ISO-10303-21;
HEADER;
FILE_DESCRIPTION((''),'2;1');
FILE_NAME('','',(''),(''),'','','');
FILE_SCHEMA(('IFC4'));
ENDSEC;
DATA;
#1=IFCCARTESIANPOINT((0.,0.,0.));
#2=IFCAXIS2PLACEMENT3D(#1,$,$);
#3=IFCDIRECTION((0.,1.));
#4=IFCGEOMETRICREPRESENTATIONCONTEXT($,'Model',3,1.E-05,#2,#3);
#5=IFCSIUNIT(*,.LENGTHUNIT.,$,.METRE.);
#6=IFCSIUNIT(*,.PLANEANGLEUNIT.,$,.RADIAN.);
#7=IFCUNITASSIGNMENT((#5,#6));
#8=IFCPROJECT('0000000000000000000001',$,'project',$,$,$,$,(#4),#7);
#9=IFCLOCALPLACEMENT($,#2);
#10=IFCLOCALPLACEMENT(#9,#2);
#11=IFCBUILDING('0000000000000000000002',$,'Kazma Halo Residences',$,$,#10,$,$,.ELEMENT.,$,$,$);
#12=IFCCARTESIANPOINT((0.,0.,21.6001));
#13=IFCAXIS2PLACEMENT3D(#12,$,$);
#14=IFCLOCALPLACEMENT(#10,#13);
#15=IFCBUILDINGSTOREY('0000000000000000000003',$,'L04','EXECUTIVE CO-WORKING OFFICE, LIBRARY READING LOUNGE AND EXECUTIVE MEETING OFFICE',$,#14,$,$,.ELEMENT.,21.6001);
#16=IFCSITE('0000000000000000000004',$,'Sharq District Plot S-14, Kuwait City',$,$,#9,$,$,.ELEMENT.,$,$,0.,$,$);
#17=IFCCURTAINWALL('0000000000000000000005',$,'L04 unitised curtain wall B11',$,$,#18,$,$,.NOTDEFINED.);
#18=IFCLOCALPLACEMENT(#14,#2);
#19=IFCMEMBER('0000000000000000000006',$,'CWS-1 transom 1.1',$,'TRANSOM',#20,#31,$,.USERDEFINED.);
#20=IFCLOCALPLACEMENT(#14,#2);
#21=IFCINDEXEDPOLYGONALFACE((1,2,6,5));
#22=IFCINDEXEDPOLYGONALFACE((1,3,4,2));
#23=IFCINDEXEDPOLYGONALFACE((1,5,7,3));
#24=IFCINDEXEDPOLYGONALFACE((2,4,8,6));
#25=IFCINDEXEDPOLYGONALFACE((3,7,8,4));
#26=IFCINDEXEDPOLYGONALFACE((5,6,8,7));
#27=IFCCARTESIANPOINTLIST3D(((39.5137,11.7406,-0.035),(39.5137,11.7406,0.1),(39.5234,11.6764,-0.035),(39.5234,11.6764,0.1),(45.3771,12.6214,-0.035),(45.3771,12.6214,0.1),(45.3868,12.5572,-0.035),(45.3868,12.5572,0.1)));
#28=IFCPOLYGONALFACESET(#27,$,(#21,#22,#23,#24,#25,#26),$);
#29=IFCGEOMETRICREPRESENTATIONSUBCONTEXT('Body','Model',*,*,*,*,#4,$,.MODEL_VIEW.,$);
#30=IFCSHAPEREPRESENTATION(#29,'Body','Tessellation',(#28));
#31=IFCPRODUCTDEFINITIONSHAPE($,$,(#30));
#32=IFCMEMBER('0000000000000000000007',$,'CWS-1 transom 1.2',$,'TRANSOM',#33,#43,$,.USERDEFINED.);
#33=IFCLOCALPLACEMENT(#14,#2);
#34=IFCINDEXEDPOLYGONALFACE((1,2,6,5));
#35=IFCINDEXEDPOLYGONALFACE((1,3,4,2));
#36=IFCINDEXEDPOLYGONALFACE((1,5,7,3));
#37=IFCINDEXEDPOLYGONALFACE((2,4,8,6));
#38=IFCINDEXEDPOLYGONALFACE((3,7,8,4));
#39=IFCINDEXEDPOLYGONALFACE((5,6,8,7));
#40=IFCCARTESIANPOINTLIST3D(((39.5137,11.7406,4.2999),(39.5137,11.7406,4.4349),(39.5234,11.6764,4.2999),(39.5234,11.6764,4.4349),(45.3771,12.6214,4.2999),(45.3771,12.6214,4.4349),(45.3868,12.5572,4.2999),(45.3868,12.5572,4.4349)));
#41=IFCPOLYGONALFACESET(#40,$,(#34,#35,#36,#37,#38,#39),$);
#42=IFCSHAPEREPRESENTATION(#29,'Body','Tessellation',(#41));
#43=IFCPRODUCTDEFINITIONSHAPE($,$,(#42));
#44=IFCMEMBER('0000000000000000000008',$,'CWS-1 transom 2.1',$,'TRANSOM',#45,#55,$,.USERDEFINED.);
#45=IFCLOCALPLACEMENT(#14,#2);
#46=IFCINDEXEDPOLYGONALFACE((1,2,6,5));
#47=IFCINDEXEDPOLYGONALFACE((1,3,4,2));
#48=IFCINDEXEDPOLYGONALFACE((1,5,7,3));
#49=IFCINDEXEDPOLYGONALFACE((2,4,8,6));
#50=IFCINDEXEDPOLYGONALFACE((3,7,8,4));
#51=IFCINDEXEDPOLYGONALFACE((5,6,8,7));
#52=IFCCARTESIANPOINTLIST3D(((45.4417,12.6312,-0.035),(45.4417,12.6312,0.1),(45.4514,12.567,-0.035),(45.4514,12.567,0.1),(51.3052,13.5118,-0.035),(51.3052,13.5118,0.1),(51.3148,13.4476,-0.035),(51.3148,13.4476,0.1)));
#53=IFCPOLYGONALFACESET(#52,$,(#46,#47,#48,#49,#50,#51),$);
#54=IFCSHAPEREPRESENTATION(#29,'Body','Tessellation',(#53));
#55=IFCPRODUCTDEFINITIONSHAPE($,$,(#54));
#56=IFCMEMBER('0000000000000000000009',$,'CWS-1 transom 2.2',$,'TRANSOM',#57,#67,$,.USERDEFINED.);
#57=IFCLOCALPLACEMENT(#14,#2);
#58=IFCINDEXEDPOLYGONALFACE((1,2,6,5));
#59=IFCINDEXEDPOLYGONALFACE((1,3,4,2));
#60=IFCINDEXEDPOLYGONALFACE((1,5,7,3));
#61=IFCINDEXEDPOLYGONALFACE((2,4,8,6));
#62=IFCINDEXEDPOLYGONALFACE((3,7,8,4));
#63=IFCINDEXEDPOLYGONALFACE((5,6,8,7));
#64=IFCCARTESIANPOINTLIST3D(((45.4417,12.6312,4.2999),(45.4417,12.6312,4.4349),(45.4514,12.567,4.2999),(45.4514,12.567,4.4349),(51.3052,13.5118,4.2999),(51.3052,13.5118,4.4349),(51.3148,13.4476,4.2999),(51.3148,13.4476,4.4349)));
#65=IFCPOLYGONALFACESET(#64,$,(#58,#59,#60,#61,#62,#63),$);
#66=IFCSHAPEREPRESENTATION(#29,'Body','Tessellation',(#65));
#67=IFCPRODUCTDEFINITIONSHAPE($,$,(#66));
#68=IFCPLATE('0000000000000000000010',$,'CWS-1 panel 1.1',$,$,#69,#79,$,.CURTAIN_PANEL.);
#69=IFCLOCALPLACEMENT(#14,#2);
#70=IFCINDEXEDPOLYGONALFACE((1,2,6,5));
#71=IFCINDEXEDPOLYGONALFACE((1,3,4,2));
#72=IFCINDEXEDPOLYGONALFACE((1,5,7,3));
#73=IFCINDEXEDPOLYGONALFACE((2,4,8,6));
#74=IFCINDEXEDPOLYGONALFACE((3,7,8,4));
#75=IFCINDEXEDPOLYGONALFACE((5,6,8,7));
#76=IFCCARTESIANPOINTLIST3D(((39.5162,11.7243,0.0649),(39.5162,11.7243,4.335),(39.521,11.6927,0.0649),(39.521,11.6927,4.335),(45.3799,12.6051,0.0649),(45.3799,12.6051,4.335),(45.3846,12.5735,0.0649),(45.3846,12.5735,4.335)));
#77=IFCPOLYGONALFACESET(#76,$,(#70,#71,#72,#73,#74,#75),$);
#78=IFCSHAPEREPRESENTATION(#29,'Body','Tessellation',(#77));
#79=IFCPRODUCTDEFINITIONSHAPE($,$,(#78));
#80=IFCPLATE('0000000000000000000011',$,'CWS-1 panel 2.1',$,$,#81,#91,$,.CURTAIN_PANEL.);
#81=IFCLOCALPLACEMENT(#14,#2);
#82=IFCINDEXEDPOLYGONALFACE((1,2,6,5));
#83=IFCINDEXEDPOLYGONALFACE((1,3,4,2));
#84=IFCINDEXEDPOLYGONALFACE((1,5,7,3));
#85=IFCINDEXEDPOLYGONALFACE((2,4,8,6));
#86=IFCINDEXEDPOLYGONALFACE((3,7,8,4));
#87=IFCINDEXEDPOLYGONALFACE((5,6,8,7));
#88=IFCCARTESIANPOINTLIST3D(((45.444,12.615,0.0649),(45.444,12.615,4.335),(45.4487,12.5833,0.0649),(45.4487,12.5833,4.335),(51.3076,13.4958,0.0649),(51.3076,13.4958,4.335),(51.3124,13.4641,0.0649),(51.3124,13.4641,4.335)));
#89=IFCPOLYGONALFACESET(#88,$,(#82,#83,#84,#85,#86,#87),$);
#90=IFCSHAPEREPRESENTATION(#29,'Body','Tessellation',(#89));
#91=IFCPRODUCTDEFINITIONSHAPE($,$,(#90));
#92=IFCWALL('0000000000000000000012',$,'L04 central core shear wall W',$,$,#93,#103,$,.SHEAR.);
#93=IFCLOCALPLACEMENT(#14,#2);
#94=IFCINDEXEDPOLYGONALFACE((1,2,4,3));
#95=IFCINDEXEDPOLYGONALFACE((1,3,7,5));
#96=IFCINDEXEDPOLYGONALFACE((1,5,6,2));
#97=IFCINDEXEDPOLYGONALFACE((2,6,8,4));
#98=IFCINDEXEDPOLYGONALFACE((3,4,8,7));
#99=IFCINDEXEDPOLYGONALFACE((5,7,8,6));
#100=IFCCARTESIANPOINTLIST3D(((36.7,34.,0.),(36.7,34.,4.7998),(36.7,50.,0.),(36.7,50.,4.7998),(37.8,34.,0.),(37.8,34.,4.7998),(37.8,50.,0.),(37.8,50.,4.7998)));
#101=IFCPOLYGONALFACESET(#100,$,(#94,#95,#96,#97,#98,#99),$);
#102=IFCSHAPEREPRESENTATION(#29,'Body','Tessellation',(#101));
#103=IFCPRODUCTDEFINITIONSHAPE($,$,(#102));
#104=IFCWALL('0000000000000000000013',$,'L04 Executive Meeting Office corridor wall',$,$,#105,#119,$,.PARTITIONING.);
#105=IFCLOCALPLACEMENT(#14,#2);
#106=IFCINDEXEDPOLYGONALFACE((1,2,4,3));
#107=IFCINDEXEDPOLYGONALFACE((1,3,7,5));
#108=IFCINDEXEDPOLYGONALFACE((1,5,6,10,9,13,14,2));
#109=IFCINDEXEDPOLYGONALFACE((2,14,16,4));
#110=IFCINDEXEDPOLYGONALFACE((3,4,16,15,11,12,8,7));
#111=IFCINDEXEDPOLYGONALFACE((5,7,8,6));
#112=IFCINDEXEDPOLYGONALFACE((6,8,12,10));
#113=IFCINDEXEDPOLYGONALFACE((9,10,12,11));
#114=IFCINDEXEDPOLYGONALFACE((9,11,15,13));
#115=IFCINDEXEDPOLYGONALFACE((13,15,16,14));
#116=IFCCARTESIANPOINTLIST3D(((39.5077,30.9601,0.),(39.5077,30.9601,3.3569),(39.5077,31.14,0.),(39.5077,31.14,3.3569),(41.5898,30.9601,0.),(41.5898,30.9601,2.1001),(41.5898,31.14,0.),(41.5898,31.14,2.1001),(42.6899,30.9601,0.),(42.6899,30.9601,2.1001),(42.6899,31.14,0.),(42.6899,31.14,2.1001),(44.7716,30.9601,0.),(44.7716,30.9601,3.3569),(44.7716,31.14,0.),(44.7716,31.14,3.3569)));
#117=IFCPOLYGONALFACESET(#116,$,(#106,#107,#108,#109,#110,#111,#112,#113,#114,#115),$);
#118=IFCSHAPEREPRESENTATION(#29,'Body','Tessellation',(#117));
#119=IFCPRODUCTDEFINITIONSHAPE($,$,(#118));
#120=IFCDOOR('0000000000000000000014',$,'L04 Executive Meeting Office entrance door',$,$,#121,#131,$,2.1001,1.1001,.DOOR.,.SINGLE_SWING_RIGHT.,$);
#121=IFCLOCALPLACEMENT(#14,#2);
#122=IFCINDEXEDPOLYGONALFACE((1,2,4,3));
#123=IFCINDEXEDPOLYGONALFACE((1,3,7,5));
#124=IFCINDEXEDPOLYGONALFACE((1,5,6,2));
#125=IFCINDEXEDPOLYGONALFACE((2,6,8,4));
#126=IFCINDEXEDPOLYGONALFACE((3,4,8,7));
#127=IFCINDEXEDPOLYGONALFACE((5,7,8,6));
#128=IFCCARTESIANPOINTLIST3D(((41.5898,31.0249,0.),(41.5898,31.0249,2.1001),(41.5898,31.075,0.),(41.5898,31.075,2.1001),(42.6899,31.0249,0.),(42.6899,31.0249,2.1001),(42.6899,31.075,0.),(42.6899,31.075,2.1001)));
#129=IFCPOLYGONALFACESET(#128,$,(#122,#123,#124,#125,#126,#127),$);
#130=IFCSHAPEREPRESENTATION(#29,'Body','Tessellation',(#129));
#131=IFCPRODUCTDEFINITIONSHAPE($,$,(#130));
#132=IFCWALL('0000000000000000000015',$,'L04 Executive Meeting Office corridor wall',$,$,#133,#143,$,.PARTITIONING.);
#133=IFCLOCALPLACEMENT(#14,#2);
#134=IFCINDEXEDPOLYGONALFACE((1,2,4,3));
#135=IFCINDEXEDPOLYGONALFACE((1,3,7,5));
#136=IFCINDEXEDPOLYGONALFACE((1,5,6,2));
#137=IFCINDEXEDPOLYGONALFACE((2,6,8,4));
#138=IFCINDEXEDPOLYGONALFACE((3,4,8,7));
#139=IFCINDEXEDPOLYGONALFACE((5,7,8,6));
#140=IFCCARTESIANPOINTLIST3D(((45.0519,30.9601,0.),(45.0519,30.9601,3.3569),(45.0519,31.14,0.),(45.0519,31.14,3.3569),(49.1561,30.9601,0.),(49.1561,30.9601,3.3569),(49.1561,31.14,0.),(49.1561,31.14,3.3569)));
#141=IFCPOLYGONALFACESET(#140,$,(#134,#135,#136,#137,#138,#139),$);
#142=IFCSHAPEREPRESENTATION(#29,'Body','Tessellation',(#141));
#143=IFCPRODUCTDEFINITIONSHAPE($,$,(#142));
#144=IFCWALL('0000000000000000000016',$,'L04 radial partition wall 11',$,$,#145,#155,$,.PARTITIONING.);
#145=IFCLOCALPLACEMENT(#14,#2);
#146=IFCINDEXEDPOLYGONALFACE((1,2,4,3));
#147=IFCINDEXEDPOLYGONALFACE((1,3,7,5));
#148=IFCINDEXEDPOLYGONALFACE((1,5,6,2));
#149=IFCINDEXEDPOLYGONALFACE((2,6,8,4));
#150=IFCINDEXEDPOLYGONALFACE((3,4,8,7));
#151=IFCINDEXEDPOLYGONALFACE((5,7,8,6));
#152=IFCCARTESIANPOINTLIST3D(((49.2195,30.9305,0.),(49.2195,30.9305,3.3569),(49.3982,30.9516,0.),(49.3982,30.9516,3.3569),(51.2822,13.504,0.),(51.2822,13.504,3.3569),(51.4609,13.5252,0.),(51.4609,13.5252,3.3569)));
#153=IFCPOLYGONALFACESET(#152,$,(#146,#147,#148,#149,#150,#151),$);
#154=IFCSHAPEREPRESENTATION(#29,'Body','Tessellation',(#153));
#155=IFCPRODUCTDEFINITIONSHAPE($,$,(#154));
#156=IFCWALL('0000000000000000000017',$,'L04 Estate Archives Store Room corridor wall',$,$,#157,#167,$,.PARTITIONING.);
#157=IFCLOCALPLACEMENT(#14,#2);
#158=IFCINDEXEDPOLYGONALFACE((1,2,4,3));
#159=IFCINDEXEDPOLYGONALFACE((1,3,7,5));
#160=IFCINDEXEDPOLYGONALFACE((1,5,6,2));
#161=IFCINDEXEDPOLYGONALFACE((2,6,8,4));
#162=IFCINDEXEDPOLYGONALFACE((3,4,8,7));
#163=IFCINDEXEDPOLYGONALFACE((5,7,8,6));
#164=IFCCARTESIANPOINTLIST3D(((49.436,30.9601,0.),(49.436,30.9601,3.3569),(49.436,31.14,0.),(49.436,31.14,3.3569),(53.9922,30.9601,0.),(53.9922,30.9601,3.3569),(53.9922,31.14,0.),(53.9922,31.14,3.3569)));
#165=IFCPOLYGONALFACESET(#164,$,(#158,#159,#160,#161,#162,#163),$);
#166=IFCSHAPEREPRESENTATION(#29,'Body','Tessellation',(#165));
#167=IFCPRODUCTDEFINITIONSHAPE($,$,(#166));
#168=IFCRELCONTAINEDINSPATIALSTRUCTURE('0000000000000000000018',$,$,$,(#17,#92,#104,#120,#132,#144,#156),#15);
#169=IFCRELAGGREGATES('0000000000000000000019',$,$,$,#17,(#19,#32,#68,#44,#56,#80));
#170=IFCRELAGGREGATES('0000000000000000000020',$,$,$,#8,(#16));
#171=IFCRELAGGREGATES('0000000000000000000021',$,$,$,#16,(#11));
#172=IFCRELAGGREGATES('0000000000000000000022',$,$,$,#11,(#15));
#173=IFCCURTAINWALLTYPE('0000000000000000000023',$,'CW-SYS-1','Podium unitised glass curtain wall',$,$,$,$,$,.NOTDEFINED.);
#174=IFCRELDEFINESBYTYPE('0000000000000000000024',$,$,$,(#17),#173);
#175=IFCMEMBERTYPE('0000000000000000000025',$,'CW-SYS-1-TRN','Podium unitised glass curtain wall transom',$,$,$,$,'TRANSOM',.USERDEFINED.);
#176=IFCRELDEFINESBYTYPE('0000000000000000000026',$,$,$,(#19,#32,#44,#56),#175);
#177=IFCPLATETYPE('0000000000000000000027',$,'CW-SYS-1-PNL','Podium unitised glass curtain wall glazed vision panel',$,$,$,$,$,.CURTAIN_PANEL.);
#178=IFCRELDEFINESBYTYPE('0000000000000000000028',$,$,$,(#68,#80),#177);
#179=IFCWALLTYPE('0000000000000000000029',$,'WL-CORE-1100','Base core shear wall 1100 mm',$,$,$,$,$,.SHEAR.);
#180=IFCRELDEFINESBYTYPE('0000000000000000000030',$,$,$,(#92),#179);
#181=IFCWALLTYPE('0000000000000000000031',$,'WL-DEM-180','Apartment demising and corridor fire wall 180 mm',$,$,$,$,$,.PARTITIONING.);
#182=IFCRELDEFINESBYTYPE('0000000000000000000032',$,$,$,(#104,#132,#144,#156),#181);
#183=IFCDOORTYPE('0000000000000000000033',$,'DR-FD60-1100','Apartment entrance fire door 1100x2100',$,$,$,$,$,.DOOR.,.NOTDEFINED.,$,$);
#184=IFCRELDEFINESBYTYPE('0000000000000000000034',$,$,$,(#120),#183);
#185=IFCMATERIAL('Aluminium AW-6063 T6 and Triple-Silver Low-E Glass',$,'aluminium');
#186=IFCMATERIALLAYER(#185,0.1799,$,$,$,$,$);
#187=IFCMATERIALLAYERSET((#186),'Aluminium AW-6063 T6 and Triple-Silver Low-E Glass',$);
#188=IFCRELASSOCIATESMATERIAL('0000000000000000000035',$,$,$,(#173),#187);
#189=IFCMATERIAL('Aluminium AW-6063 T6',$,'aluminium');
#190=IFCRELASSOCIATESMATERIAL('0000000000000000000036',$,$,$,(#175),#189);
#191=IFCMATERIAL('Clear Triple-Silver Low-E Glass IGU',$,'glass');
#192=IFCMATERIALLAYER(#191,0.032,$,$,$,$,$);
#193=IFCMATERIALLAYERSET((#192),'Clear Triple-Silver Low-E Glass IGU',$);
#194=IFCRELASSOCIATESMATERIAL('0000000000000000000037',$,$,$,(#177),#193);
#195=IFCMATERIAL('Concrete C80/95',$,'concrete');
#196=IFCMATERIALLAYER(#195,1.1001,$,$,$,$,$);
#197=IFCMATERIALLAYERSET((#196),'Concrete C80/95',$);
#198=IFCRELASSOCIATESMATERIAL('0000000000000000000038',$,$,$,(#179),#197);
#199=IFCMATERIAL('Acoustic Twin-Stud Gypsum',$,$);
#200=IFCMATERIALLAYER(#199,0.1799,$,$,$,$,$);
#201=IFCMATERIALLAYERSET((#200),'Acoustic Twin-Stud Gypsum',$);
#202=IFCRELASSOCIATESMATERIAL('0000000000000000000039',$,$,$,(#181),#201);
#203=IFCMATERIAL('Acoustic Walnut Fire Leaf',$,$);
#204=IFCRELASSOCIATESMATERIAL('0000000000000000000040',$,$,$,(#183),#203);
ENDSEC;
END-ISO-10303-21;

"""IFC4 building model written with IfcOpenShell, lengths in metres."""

from ifc_helpers import new_model, si_unit, direction, frame, frame_2d, origin, origin_2d, place, context, subcontext, project, spatial, rectangle, extrude, material, layer, layer_set, material_profile, profile_set, type_object, element, fill, aggregate, save


model = new_model("IFC4")

# Units and contexts
model_context = context("Model", 3, precision=1e-05, world=origin(), true_north=direction((0.0, 1.0)))
body_context = subcontext(model_context, "Body", "Model", "MODEL_VIEW")
ifc_project = project(units=[si_unit("LENGTHUNIT", "METRE"), si_unit("PLANEANGLEUNIT", "RADIAN")], contexts=[model_context])

# Site, building, storey
site_placement = place(None, origin())
site = spatial("IfcSite", under=ifc_project, at=site_placement, Name="Sharq District Plot S-14, Kuwait City", CompositionType="ELEMENT", RefElevation=0.0)
building_placement = place(site_placement, origin())
building = spatial("IfcBuilding", under=site, at=building_placement, Name="Kazma Halo Residences", CompositionType="ELEMENT")
storey_placement = place(building_placement, frame((0.0, 0.0, 21.6001)))
storey = spatial("IfcBuildingStorey", under=building, at=storey_placement, Name="L04", Description="EXECUTIVE CO-WORKING OFFICE, LIBRARY READING LOUNGE AND EXECUTIVE MEETING OFFICE", CompositionType="ELEMENT", Elevation=21.6001)

# Shared definitions
ifc_material_1 = material(Name="Concrete C80/95", Category="concrete")

# Shared definitions
ifc_material_2 = material(Name="Aluminium AW-6063 T6 and Triple-Silver Low-E Glass", Category="aluminium")
ifc_layer_1 = layer(ifc_material_2, 0.1799)
ifc_layer_set_1 = layer_set([ifc_layer_1], Name="Aluminium AW-6063 T6 and Triple-Silver Low-E Glass")
curtain_wall_type = type_object("IfcCurtainWallType", Name="CW-SYS-1", Description="Podium unitised glass curtain wall", PredefinedType="NOTDEFINED", material=ifc_layer_set_1)
ifc_material_3 = material(Name="Aluminium AW-6063 T6", Category="aluminium")

# Curtain wall, members, plates
curtain_wall_1_placement = place(storey_placement, origin())
curtain_wall_1 = element("IfcCurtainWall", 1, at=curtain_wall_1_placement, inside=storey, type_object=curtain_wall_type, Name="L04 unitised curtain wall B11", PredefinedType="NOTDEFINED")
ifc_material_profile_1 = material_profile(ifc_material_3, rectangle(XDim=0.0649, YDim=0.135, at=origin_2d()), Name="CWT-65x135")
ifc_profile_set_1 = profile_set([ifc_material_profile_1], Name="Aluminium AW-6063 T6")
member_type_1 = type_object("IfcMemberType", Name="CW-SYS-1-TRN", Description="Podium unitised glass curtain wall transom", ElementType="TRANSOM", PredefinedType="USERDEFINED", material=ifc_profile_set_1)
member_1_placement = place(storey_placement, frame((39.5186, 11.7085, 0.0325), z_axis=(0.988903, 0.14856, 0.0), x_axis=(-0.14856, 0.988903, 0.0)))
member_1 = element("IfcMember", 2, at=member_1_placement, type_object=member_type_1, Name="CWS-1 transom 1.1", ObjectType="TRANSOM", PredefinedType="USERDEFINED", context=body_context, shape_type="SweptSolid", body=[
    extrude(rectangle(XDim=0.0649, YDim=0.135, at=origin_2d()), origin(), (0.0, 0.0, 1.0), 5.9292),
])
member_2_placement = place(storey_placement, frame((39.5186, 11.7085, 4.3674), z_axis=(0.988903, 0.14856, 0.0), x_axis=(-0.14856, 0.988903, 0.0)))
member_2 = element("IfcMember", 3, at=member_2_placement, type_object=member_type_1, Name="CWS-1 transom 1.2", ObjectType="TRANSOM", PredefinedType="USERDEFINED", context=body_context, shape_type="SweptSolid", body=[
    extrude(rectangle(XDim=0.0649, YDim=0.135, at=origin_2d()), origin(), (0.0, 0.0, 1.0), 5.9292),
])
member_3_placement = place(storey_placement, frame((45.4465, 12.5991, 0.0325), z_axis=(0.988909, 0.14852, 0.0), x_axis=(-0.14852, 0.988909, 0.0)))
member_3 = element("IfcMember", 4, at=member_3_placement, type_object=member_type_1, Name="CWS-1 transom 2.1", ObjectType="TRANSOM", PredefinedType="USERDEFINED", context=body_context, shape_type="SweptSolid", body=[
    extrude(rectangle(XDim=0.0649, YDim=0.135, at=origin_2d()), origin(), (0.0, 0.0, 1.0), 5.9292),
])
member_4_placement = place(storey_placement, frame((45.4465, 12.5991, 4.3674), z_axis=(0.988909, 0.14852, 0.0), x_axis=(-0.14852, 0.988909, 0.0)))
member_4 = element("IfcMember", 5, at=member_4_placement, type_object=member_type_1, Name="CWS-1 transom 2.2", ObjectType="TRANSOM", PredefinedType="USERDEFINED", context=body_context, shape_type="SweptSolid", body=[
    extrude(rectangle(XDim=0.0649, YDim=0.135, at=origin_2d()), origin(), (0.0, 0.0, 1.0), 5.9292),
])
ifc_material_4 = material(Name="Clear Triple-Silver Low-E Glass IGU", Category="glass")
ifc_layer_2 = layer(ifc_material_4, 0.032)
ifc_layer_set_2 = layer_set([ifc_layer_2], Name="Clear Triple-Silver Low-E Glass IGU")
plate_type = type_object("IfcPlateType", Name="CW-SYS-1-PNL", Description="Podium unitised glass curtain wall glazed vision panel", PredefinedType="CURTAIN_PANEL", material=ifc_layer_set_2)
plate_1_placement = place(storey_placement, frame((42.4504, 12.1489, 0.0649), z_axis=(0.0, 0.0, 1.0), x_axis=(0.988905, 0.148549, 0.0)))
plate_1 = element("IfcPlate", 6, at=plate_1_placement, type_object=plate_type, Name="CWS-1 panel 1.1", PredefinedType="CURTAIN_PANEL", context=body_context, shape_type="SweptSolid", body=[
    extrude(rectangle(XDim=5.9294, YDim=0.032, at=origin_2d()), origin(), (0.0, 0.0, 1.0), 4.27),
])
plate_2_placement = place(storey_placement, frame((48.3782, 13.0396, 0.0649), z_axis=(0.0, 0.0, 1.0), x_axis=(0.988905, 0.148549, 0.0)))
plate_2 = element("IfcPlate", 7, at=plate_2_placement, type_object=plate_type, Name="CWS-1 panel 2.1", PredefinedType="CURTAIN_PANEL", context=body_context, shape_type="SweptSolid", body=[
    extrude(rectangle(XDim=5.9294, YDim=0.032, at=origin_2d()), origin(), (0.0, 0.0, 1.0), 4.27),
])
aggregate(curtain_wall_1, [member_1, member_2, plate_1, member_3, member_4, plate_2])

# Wall
ifc_layer_3 = layer(ifc_material_1, 1.1001)
ifc_layer_set_3 = layer_set([ifc_layer_3], Name="Concrete C80/95")
wall_type_1 = type_object("IfcWallType", Name="WL-CORE-1100", Description="Base core shear wall 1100 mm", PredefinedType="SHEAR", material=ifc_layer_set_3)
wall_1_placement = place(storey_placement, frame((37.25, 34.0, 0.0), z_axis=(0.0, 0.0, 1.0), x_axis=(0.0, 1.0, 0.0)))
element("IfcWall", 8, at=wall_1_placement, inside=storey, type_object=wall_type_1, Name="L04 central core shear wall W", PredefinedType="SHEAR", context=body_context, shape_type="SweptSolid", body=[
    extrude(rectangle(XDim=16.0, YDim=1.1001, at=frame_2d((8.0, 0.0))), origin(), (0.0, 0.0, 1.0), 4.7998),
])

# Wall, opening, door
ifc_material_5 = material(Name="Acoustic Twin-Stud Gypsum")
ifc_layer_4 = layer(ifc_material_5, 0.1799)
ifc_layer_set_4 = layer_set([ifc_layer_4], Name="Acoustic Twin-Stud Gypsum")
wall_type_2 = type_object("IfcWallType", Name="WL-DEM-180", Description="Apartment demising and corridor fire wall 180 mm", PredefinedType="PARTITIONING", material=ifc_layer_set_4)
wall_2_placement = place(storey_placement, frame((39.5078, 31.05, 0.0), z_axis=(0.0, 0.0, 1.0), x_axis=(1.0, 0.0, 0.0)))
wall_2 = element("IfcWall", 9, at=wall_2_placement, inside=storey, type_object=wall_type_2, Name="L04 Executive Meeting Office corridor wall", PredefinedType="PARTITIONING", context=body_context, shape_type="SweptSolid", body=[
    extrude(rectangle(XDim=5.2639, YDim=0.1799, at=frame_2d((2.6318, 0.0))), origin(), (0.0, 0.0, 1.0), 3.3569),
])
opening_placement = place(wall_2_placement, frame((2.082, 0.0, 0.0)))
opening = element("IfcOpeningElement", 10, at=opening_placement, cuts=wall_2, PredefinedType="OPENING", context=body_context, shape_type="SweptSolid", body=[
    extrude(rectangle(XDim=1.1001, YDim=2.1001, at=frame_2d((0.55, 1.05))), frame((0.0, 0.0999, 0.0), z_axis=(0.0, -1.0, 0.0), x_axis=(1.0, 0.0, 0.0)), (0.0, 0.0, 1.0), 0.2),
])
ifc_material_6 = material(Name="Acoustic Walnut Fire Leaf")
door_type = type_object("IfcDoorType", Name="DR-FD60-1100", Description="Apartment entrance fire door 1100x2100", OperationType="NOTDEFINED", PredefinedType="DOOR", material=ifc_material_6)
door_placement = place(opening_placement, origin())
door = element("IfcDoor", 11, at=door_placement, inside=storey, type_object=door_type, Name="L04 Executive Meeting Office entrance door", OperationType="SINGLE_SWING_RIGHT", OverallHeight=2.1001, OverallWidth=1.1001, PredefinedType="DOOR", context=body_context, shape_type="SweptSolid", body=[
    extrude(rectangle(XDim=1.1001, YDim=2.1001, at=frame_2d((0.55, 1.05))), frame((0.0, 0.0249, 0.0), z_axis=(0.0, -1.0, 0.0), x_axis=(1.0, 0.0, 0.0)), (0.0, 0.0, 1.0), 0.05),
])
fill(opening, door)

# Walls
wall_3_placement = place(storey_placement, frame((45.0518, 31.05, 0.0), z_axis=(0.0, 0.0, 1.0), x_axis=(1.0, 0.0, 0.0)))
element("IfcWall", 12, at=wall_3_placement, inside=storey, type_object=wall_type_2, Name="L04 Executive Meeting Office corridor wall", PredefinedType="PARTITIONING", context=body_context, shape_type="SweptSolid", body=[
    extrude(rectangle(XDim=4.1042, YDim=0.1799, at=frame_2d((2.0522, 0.0))), origin(), (0.0, 0.0, 1.0), 3.3569),
])
wall_4_placement = place(storey_placement, frame((49.3088, 30.9409, 0.0), z_axis=(0.0, 0.0, 1.0), x_axis=(0.117548, -0.993067, 0.0)))
element("IfcWall", 13, at=wall_4_placement, inside=storey, type_object=wall_type_2, Name="L04 radial partition wall 11", PredefinedType="PARTITIONING", context=body_context, shape_type="SweptSolid", body=[
    extrude(rectangle(XDim=17.5481, YDim=0.1799, at=frame_2d((8.7739, 0.0))), origin(), (0.0, 0.0, 1.0), 3.3569),
])
wall_5_placement = place(storey_placement, frame((49.436, 31.05, 0.0), z_axis=(0.0, 0.0, 1.0), x_axis=(1.0, 0.0, 0.0)))
element("IfcWall", 14, at=wall_5_placement, inside=storey, type_object=wall_type_2, Name="L04 Estate Archives Store Room corridor wall", PredefinedType="PARTITIONING", context=body_context, shape_type="SweptSolid", body=[
    extrude(rectangle(XDim=4.5562, YDim=0.1799, at=frame_2d((2.2781, 0.0))), origin(), (0.0, 0.0, 1.0), 3.3569),
])

save(model, "model.ifc")
